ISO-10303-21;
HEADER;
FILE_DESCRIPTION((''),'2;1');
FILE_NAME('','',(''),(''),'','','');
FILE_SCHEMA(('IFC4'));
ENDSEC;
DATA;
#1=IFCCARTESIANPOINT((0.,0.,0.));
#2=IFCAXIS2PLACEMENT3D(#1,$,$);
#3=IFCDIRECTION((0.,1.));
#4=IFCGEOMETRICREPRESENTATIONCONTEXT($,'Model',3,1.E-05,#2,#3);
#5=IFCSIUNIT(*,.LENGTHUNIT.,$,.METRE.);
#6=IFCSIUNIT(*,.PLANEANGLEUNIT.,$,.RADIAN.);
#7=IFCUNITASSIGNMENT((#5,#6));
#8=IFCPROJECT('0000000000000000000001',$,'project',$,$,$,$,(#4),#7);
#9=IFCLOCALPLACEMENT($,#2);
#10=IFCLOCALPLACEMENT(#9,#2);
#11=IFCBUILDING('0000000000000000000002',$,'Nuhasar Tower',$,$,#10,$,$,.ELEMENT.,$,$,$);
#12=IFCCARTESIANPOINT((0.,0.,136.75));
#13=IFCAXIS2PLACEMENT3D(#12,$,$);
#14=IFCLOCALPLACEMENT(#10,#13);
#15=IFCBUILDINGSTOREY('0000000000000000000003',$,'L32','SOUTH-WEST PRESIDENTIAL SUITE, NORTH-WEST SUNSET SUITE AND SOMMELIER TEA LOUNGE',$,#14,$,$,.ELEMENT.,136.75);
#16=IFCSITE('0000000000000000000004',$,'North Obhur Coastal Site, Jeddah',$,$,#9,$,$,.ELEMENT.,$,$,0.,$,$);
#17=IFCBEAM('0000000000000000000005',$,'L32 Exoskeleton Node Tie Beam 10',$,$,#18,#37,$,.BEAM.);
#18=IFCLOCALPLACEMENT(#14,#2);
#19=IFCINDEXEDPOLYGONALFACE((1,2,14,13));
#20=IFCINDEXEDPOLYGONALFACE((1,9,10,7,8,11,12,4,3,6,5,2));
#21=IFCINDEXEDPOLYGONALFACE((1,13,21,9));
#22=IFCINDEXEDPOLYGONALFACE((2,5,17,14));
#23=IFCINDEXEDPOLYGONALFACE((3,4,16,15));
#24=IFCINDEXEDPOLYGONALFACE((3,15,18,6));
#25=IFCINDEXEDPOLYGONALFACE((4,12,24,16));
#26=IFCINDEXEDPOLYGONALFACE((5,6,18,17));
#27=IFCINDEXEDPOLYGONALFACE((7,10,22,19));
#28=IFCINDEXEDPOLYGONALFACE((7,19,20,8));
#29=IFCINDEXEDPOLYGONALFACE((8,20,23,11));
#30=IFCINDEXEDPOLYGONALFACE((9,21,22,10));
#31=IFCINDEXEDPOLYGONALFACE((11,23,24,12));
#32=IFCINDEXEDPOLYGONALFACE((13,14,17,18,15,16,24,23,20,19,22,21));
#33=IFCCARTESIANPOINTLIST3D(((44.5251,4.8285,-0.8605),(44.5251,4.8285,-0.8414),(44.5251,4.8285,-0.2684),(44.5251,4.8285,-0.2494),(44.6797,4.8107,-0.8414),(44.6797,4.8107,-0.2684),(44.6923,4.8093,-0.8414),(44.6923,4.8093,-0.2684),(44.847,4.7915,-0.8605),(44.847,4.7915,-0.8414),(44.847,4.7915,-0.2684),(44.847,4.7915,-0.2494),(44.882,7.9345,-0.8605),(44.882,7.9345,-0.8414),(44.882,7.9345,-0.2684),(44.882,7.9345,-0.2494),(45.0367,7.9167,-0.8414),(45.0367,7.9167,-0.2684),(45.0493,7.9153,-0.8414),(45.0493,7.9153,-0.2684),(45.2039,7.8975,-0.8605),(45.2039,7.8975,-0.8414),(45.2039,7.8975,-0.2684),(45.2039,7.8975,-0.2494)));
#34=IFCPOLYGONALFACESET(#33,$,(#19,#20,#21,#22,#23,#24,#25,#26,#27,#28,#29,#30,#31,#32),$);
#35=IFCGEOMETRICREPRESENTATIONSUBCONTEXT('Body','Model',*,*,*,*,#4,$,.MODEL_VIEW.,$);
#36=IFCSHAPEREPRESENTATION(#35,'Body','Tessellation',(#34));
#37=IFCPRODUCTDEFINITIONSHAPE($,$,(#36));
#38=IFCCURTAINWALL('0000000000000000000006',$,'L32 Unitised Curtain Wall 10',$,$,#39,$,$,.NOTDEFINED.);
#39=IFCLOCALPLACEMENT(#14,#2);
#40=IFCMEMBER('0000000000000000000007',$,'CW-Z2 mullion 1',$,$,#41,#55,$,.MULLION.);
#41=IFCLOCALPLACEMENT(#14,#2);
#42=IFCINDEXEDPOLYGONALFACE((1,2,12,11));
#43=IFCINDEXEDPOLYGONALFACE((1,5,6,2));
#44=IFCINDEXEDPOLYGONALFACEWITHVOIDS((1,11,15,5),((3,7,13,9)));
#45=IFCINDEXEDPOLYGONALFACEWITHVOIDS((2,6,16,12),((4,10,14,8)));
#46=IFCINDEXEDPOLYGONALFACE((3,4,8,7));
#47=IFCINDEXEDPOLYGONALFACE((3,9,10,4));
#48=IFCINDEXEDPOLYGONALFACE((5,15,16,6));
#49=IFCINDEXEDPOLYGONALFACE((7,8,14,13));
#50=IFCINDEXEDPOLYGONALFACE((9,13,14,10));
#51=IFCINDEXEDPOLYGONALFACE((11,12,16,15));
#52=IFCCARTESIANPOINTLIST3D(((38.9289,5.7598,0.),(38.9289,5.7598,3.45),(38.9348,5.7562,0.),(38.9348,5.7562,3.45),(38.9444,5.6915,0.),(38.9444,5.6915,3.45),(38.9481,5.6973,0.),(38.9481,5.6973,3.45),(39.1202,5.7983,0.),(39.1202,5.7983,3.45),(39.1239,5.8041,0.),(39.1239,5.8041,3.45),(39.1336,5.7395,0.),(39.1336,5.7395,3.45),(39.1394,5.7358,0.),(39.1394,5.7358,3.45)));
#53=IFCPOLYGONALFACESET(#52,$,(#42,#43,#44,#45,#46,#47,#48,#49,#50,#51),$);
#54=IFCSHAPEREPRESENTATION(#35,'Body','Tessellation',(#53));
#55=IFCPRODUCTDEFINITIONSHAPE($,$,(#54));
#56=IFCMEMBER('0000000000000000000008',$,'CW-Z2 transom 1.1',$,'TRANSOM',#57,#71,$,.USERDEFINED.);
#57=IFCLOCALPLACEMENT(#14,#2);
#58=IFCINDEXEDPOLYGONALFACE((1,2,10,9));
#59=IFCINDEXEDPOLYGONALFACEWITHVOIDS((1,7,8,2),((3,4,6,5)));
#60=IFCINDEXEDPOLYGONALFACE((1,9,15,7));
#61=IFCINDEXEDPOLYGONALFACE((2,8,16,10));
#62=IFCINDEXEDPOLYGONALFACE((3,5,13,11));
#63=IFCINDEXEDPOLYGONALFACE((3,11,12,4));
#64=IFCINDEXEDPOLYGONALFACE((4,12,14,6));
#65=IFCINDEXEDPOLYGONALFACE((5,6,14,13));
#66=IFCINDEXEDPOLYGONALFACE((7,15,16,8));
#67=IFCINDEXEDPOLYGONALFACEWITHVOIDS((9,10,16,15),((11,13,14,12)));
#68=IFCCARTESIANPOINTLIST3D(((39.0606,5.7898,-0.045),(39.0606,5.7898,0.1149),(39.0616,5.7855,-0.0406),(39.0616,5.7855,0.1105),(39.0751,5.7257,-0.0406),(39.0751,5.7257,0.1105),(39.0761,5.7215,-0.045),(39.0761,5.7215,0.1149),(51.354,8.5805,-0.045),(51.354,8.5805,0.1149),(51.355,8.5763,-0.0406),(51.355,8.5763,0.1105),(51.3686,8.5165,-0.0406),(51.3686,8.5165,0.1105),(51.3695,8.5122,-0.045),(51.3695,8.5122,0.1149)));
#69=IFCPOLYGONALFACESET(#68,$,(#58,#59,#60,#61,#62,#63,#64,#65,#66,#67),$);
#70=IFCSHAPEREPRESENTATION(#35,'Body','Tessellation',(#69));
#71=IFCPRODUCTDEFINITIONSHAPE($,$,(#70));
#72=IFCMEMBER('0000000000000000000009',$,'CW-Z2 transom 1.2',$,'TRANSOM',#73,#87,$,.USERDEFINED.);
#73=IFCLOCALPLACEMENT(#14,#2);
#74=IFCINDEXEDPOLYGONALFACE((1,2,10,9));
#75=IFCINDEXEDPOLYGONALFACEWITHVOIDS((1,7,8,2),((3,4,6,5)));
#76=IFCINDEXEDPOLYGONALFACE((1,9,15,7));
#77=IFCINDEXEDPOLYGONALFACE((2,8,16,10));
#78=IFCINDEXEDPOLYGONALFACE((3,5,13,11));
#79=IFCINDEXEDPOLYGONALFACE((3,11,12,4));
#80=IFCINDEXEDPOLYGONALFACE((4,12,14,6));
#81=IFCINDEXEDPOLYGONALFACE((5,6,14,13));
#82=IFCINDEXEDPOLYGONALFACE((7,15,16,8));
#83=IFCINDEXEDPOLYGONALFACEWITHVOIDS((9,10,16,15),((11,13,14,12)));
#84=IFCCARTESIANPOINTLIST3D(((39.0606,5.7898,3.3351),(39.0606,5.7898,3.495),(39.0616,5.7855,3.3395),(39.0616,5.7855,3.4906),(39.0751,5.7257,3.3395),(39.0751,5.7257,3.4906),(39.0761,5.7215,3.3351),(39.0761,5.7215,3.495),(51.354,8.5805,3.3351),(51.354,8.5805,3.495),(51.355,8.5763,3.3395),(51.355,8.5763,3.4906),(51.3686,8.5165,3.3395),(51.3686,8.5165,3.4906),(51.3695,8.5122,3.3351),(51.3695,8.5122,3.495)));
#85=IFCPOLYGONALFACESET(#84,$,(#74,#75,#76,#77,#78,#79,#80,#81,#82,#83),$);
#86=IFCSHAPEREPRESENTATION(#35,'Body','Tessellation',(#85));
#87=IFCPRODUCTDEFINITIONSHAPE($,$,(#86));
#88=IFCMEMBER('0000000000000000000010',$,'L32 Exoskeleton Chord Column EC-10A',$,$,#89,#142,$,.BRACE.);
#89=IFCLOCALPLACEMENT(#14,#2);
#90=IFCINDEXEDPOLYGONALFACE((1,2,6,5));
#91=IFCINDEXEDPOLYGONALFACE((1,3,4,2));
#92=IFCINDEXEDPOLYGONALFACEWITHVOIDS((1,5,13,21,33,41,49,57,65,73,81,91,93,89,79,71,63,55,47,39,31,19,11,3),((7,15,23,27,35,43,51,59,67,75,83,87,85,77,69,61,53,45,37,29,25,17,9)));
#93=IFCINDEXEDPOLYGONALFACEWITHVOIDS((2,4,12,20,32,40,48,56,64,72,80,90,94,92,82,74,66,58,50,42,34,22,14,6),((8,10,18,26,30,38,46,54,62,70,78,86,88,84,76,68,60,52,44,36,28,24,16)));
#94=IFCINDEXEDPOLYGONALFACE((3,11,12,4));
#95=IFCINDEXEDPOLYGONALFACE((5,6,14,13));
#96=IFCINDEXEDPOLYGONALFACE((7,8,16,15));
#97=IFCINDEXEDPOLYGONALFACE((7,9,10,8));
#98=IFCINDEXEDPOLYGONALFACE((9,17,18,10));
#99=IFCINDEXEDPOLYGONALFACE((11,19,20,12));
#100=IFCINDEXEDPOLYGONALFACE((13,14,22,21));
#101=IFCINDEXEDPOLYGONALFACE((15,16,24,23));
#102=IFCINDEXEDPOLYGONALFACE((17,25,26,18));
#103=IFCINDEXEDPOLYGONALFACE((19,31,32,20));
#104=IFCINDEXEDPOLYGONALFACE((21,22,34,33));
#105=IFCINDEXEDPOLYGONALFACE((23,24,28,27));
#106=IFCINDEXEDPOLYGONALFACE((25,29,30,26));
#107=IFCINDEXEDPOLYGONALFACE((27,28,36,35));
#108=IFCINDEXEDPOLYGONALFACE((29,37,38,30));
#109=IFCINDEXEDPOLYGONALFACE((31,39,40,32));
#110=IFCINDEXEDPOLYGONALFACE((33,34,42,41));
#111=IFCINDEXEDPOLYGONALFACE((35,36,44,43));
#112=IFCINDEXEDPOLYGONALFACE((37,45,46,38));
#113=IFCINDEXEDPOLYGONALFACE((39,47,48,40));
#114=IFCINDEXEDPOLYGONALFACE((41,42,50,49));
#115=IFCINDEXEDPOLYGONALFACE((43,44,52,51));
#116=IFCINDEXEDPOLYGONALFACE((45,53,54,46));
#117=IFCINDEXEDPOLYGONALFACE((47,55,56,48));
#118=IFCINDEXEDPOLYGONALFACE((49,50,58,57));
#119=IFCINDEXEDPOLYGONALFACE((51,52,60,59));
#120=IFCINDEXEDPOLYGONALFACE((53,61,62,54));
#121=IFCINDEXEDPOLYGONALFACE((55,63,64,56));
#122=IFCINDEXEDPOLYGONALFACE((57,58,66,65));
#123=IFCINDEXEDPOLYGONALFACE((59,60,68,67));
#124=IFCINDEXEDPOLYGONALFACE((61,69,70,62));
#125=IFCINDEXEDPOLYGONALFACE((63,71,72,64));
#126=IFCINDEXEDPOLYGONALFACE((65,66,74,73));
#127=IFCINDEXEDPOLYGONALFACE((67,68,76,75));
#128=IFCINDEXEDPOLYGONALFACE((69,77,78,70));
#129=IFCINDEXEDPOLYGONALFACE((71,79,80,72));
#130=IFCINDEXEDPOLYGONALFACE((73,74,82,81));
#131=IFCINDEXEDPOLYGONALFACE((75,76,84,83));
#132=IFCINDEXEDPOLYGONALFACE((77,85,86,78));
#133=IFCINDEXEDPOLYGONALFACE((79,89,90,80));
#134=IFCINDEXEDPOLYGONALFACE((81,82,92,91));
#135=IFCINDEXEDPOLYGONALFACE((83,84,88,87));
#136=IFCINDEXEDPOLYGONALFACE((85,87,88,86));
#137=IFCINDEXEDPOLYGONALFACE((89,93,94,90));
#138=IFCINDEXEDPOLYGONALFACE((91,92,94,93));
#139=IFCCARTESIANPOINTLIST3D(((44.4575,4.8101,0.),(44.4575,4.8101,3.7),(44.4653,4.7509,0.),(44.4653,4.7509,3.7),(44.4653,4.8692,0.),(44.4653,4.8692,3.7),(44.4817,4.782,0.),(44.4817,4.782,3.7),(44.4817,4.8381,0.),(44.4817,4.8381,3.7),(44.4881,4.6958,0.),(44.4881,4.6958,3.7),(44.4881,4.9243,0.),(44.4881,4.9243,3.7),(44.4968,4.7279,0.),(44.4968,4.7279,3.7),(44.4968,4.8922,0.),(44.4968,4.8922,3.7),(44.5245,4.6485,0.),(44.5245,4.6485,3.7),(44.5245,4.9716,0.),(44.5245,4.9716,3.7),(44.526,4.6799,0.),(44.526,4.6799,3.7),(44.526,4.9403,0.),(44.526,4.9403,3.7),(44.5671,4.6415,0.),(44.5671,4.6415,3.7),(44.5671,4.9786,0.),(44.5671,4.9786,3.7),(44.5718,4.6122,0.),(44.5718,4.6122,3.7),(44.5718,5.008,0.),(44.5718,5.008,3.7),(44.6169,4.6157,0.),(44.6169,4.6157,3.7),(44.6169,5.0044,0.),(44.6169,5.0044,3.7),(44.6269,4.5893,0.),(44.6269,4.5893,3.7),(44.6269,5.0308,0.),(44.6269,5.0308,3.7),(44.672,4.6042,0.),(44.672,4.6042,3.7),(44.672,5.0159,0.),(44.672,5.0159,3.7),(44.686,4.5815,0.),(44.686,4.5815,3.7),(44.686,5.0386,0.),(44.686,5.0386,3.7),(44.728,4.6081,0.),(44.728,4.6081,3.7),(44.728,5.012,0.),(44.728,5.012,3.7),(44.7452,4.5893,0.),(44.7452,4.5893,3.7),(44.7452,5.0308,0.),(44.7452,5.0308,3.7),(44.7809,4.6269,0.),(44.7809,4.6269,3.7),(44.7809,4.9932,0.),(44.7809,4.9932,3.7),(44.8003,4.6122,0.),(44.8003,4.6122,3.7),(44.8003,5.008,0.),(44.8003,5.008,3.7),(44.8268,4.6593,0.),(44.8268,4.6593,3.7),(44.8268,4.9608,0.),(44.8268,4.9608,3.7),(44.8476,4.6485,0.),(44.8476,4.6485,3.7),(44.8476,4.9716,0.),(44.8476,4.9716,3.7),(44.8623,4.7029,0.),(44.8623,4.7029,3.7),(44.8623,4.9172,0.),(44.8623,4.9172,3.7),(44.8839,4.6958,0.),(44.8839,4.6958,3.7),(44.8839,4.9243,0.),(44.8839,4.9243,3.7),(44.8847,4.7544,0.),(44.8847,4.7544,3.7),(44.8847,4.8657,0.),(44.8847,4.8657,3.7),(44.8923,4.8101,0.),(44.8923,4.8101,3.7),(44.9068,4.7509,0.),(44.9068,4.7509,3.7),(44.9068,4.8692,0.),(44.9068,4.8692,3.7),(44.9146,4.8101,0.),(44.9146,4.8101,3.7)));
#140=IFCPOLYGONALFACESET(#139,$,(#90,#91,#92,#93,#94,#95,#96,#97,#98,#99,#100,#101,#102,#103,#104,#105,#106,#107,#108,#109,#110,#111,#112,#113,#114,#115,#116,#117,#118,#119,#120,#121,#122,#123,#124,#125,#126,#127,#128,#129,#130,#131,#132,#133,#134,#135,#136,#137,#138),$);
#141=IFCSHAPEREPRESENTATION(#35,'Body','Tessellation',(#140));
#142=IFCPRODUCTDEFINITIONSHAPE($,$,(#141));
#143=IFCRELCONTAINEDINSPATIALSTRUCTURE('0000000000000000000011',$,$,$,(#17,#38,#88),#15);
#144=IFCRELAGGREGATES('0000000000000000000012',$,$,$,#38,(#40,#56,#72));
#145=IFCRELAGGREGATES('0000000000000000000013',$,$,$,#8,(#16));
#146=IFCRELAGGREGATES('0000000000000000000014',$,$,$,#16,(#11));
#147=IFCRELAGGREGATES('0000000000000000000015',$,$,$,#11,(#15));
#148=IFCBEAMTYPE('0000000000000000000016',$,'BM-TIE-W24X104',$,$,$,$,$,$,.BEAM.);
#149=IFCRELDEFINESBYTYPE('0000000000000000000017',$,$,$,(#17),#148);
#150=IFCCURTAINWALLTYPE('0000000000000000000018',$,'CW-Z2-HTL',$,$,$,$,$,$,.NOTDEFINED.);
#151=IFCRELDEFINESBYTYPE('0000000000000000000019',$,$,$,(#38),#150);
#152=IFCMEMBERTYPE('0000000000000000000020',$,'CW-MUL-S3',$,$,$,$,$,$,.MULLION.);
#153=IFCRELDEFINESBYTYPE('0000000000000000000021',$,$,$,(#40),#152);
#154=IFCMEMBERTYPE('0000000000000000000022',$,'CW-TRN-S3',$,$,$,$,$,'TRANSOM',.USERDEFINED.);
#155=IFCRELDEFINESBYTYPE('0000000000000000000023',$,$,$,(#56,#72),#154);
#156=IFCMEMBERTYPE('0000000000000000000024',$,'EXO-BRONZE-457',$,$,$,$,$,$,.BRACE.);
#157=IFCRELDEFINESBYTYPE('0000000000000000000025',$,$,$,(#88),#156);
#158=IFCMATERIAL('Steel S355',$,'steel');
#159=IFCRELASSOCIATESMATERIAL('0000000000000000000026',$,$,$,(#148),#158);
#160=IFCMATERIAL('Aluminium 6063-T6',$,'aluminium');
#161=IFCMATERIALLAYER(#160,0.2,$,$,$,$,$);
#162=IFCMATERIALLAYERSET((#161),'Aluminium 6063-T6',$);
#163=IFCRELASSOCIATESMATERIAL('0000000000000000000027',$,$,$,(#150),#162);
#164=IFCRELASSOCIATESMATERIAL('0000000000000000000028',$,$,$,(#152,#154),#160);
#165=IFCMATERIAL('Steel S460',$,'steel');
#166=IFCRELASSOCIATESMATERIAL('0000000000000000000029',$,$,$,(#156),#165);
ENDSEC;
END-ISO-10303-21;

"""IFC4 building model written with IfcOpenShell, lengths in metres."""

from ifc_helpers import new_model, si_unit, direction, frame, origin, origin_2d, place, context, subcontext, project, spatial, hollow_rectangle, hollow_circle, i_section, extrude, material, layer, layer_set, material_profile, profile_set, type_object, element, aggregate, save


model = new_model("IFC4")

# Units and contexts
model_context = context("Model", 3, precision=1e-05, world=origin(), true_north=direction((0.0, 1.0)))
body_context = subcontext(model_context, "Body", "Model", "MODEL_VIEW")
ifc_project = project(units=[si_unit("LENGTHUNIT", "METRE"), si_unit("PLANEANGLEUNIT", "RADIAN")], contexts=[model_context])

# Site, building, storey
site_placement = place(None, origin())
site = spatial("IfcSite", under=ifc_project, at=site_placement, Name="North Obhur Coastal Site, Jeddah", CompositionType="ELEMENT", RefElevation=0.0)
building_placement = place(site_placement, origin())
building = spatial("IfcBuilding", under=site, at=building_placement, Name="Nuhasar Tower", CompositionType="ELEMENT")
storey_placement = place(building_placement, frame((0.0, 0.0, 136.75)))
storey = spatial("IfcBuildingStorey", under=building, at=storey_placement, Name="L32", Description="SOUTH-WEST PRESIDENTIAL SUITE, NORTH-WEST SUNSET SUITE AND SOMMELIER TEA LOUNGE", CompositionType="ELEMENT", Elevation=136.75)

# Beam
ifc_material_1 = material(Name="Steel S355", Category="steel")
ifc_material_profile_1 = material_profile(ifc_material_1, i_section(OverallWidth=0.324, OverallDepth=0.6111, WebThickness=0.0127, FlangeThickness=0.019, at=origin_2d()), Name="W24X104")
ifc_profile_set_1 = profile_set([ifc_material_profile_1], Name="Steel S355")
beam_type_1 = type_object("IfcBeamType", Name="BM-TIE-W24X104", PredefinedType="BEAM", material=ifc_profile_set_1)
beam_1_placement = place(storey_placement, frame((45.043, 7.916, -0.5549), z_axis=(-0.114168, -0.993461, 0.0), x_axis=(0.993461, -0.114168, 0.0)))
element("IfcBeam", 1, at=beam_1_placement, inside=storey, type_object=beam_type_1, Name="L32 Exoskeleton Node Tie Beam 10", PredefinedType="BEAM", context=body_context, shape_type="SweptSolid", body=[
    extrude(i_section(OverallWidth=0.324, OverallDepth=0.6111, WebThickness=0.0127, FlangeThickness=0.019, at=origin_2d()), origin(), (0.0, 0.0, 1.0), 3.1265),
])

# Curtain wall, members
ifc_material_2 = material(Name="Aluminium 6063-T6", Category="aluminium")
ifc_layer_1 = layer(ifc_material_2, 0.2)
ifc_layer_set_1 = layer_set([ifc_layer_1], Name="Aluminium 6063-T6")
curtain_wall_type = type_object("IfcCurtainWallType", Name="CW-Z2-HTL", PredefinedType="NOTDEFINED", material=ifc_layer_set_1)
curtain_wall_placement = place(storey_placement, origin())
curtain_wall = element("IfcCurtainWall", 2, at=curtain_wall_placement, inside=storey, type_object=curtain_wall_type, Name="L32 Unitised Curtain Wall 10", PredefinedType="NOTDEFINED")
ifc_material_profile_2 = material_profile(ifc_material_2, hollow_rectangle(XDim=0.0701, YDim=0.2, WallThickness=0.0049, at=origin_2d()), Name="CWM-3")
ifc_profile_set_2 = profile_set([ifc_material_profile_2], Name="Aluminium 6063-T6")
member_type_1 = type_object("IfcMemberType", Name="CW-MUL-S3", PredefinedType="MULLION", material=ifc_profile_set_2)
member_1_placement = place(storey_placement, frame((39.0342, 5.7478, 0.0), z_axis=(0.0, 0.0, 1.0), x_axis=(-0.221397, 0.975184, 0.0)))
member_1 = element("IfcMember", 3, at=member_1_placement, type_object=member_type_1, Name="CW-Z2 mullion 1", PredefinedType="MULLION", context=body_context, shape_type="SweptSolid", body=[
    extrude(hollow_rectangle(XDim=0.0701, YDim=0.2, WallThickness=0.0049, at=origin_2d()), origin(), (0.0, 0.0, 1.0), 3.45),
])
ifc_material_profile_3 = material_profile(ifc_material_2, hollow_rectangle(XDim=0.0701, YDim=0.1599, WallThickness=0.0044, at=origin_2d()), Name="CWT-3")
ifc_profile_set_3 = profile_set([ifc_material_profile_3], Name="Aluminium 6063-T6")
member_type_2 = type_object("IfcMemberType", Name="CW-TRN-S3", ElementType="TRANSOM", PredefinedType="USERDEFINED", material=ifc_profile_set_3)
member_2_placement = place(storey_placement, frame((39.0684, 5.7556, 0.0349), z_axis=(0.975188, 0.22138, 0.0), x_axis=(-0.22138, 0.975188, 0.0)))
member_2 = element("IfcMember", 4, at=member_2_placement, type_object=member_type_2, Name="CW-Z2 transom 1.1", ObjectType="TRANSOM", PredefinedType="USERDEFINED", context=body_context, shape_type="SweptSolid", body=[
    extrude(hollow_rectangle(XDim=0.0701, YDim=0.1599, WallThickness=0.0044, at=origin_2d()), origin(), (0.0, 0.0, 1.0), 12.6062),
])
member_3_placement = place(storey_placement, frame((39.0684, 5.7556, 3.415), z_axis=(0.975188, 0.22138, 0.0), x_axis=(-0.22138, 0.975188, 0.0)))
member_3 = element("IfcMember", 5, at=member_3_placement, type_object=member_type_2, Name="CW-Z2 transom 1.2", ObjectType="TRANSOM", PredefinedType="USERDEFINED", context=body_context, shape_type="SweptSolid", body=[
    extrude(hollow_rectangle(XDim=0.0701, YDim=0.1599, WallThickness=0.0044, at=origin_2d()), origin(), (0.0, 0.0, 1.0), 12.6062),
])

# Member
ifc_material_3 = material(Name="Steel S460", Category="steel")
ifc_material_profile_4 = material_profile(ifc_material_3, hollow_circle(Radius=0.2285, WallThickness=0.0222, at=origin_2d()), Name="HSS457X22.2")
ifc_profile_set_4 = profile_set([ifc_material_profile_4], Name="Steel S460")
member_type_3 = type_object("IfcMemberType", Name="EXO-BRONZE-457", PredefinedType="BRACE", material=ifc_profile_set_4)
member_4_placement = place(storey_placement, frame((44.686, 4.8101, 0.0), z_axis=(0.0, 0.0, 1.0), x_axis=(1.0, 0.0, 0.0)))
element("IfcMember", 6, at=member_4_placement, inside=storey, type_object=member_type_3, Name="L32 Exoskeleton Chord Column EC-10A", PredefinedType="BRACE", context=body_context, shape_type="SweptSolid", body=[
    extrude(hollow_circle(Radius=0.2285, WallThickness=0.0222, at=origin_2d()), origin(), (0.0, 0.0, 1.0), 3.7),
])

aggregate(curtain_wall, [member_1, member_2, member_3])

save(model, "model.ifc")
